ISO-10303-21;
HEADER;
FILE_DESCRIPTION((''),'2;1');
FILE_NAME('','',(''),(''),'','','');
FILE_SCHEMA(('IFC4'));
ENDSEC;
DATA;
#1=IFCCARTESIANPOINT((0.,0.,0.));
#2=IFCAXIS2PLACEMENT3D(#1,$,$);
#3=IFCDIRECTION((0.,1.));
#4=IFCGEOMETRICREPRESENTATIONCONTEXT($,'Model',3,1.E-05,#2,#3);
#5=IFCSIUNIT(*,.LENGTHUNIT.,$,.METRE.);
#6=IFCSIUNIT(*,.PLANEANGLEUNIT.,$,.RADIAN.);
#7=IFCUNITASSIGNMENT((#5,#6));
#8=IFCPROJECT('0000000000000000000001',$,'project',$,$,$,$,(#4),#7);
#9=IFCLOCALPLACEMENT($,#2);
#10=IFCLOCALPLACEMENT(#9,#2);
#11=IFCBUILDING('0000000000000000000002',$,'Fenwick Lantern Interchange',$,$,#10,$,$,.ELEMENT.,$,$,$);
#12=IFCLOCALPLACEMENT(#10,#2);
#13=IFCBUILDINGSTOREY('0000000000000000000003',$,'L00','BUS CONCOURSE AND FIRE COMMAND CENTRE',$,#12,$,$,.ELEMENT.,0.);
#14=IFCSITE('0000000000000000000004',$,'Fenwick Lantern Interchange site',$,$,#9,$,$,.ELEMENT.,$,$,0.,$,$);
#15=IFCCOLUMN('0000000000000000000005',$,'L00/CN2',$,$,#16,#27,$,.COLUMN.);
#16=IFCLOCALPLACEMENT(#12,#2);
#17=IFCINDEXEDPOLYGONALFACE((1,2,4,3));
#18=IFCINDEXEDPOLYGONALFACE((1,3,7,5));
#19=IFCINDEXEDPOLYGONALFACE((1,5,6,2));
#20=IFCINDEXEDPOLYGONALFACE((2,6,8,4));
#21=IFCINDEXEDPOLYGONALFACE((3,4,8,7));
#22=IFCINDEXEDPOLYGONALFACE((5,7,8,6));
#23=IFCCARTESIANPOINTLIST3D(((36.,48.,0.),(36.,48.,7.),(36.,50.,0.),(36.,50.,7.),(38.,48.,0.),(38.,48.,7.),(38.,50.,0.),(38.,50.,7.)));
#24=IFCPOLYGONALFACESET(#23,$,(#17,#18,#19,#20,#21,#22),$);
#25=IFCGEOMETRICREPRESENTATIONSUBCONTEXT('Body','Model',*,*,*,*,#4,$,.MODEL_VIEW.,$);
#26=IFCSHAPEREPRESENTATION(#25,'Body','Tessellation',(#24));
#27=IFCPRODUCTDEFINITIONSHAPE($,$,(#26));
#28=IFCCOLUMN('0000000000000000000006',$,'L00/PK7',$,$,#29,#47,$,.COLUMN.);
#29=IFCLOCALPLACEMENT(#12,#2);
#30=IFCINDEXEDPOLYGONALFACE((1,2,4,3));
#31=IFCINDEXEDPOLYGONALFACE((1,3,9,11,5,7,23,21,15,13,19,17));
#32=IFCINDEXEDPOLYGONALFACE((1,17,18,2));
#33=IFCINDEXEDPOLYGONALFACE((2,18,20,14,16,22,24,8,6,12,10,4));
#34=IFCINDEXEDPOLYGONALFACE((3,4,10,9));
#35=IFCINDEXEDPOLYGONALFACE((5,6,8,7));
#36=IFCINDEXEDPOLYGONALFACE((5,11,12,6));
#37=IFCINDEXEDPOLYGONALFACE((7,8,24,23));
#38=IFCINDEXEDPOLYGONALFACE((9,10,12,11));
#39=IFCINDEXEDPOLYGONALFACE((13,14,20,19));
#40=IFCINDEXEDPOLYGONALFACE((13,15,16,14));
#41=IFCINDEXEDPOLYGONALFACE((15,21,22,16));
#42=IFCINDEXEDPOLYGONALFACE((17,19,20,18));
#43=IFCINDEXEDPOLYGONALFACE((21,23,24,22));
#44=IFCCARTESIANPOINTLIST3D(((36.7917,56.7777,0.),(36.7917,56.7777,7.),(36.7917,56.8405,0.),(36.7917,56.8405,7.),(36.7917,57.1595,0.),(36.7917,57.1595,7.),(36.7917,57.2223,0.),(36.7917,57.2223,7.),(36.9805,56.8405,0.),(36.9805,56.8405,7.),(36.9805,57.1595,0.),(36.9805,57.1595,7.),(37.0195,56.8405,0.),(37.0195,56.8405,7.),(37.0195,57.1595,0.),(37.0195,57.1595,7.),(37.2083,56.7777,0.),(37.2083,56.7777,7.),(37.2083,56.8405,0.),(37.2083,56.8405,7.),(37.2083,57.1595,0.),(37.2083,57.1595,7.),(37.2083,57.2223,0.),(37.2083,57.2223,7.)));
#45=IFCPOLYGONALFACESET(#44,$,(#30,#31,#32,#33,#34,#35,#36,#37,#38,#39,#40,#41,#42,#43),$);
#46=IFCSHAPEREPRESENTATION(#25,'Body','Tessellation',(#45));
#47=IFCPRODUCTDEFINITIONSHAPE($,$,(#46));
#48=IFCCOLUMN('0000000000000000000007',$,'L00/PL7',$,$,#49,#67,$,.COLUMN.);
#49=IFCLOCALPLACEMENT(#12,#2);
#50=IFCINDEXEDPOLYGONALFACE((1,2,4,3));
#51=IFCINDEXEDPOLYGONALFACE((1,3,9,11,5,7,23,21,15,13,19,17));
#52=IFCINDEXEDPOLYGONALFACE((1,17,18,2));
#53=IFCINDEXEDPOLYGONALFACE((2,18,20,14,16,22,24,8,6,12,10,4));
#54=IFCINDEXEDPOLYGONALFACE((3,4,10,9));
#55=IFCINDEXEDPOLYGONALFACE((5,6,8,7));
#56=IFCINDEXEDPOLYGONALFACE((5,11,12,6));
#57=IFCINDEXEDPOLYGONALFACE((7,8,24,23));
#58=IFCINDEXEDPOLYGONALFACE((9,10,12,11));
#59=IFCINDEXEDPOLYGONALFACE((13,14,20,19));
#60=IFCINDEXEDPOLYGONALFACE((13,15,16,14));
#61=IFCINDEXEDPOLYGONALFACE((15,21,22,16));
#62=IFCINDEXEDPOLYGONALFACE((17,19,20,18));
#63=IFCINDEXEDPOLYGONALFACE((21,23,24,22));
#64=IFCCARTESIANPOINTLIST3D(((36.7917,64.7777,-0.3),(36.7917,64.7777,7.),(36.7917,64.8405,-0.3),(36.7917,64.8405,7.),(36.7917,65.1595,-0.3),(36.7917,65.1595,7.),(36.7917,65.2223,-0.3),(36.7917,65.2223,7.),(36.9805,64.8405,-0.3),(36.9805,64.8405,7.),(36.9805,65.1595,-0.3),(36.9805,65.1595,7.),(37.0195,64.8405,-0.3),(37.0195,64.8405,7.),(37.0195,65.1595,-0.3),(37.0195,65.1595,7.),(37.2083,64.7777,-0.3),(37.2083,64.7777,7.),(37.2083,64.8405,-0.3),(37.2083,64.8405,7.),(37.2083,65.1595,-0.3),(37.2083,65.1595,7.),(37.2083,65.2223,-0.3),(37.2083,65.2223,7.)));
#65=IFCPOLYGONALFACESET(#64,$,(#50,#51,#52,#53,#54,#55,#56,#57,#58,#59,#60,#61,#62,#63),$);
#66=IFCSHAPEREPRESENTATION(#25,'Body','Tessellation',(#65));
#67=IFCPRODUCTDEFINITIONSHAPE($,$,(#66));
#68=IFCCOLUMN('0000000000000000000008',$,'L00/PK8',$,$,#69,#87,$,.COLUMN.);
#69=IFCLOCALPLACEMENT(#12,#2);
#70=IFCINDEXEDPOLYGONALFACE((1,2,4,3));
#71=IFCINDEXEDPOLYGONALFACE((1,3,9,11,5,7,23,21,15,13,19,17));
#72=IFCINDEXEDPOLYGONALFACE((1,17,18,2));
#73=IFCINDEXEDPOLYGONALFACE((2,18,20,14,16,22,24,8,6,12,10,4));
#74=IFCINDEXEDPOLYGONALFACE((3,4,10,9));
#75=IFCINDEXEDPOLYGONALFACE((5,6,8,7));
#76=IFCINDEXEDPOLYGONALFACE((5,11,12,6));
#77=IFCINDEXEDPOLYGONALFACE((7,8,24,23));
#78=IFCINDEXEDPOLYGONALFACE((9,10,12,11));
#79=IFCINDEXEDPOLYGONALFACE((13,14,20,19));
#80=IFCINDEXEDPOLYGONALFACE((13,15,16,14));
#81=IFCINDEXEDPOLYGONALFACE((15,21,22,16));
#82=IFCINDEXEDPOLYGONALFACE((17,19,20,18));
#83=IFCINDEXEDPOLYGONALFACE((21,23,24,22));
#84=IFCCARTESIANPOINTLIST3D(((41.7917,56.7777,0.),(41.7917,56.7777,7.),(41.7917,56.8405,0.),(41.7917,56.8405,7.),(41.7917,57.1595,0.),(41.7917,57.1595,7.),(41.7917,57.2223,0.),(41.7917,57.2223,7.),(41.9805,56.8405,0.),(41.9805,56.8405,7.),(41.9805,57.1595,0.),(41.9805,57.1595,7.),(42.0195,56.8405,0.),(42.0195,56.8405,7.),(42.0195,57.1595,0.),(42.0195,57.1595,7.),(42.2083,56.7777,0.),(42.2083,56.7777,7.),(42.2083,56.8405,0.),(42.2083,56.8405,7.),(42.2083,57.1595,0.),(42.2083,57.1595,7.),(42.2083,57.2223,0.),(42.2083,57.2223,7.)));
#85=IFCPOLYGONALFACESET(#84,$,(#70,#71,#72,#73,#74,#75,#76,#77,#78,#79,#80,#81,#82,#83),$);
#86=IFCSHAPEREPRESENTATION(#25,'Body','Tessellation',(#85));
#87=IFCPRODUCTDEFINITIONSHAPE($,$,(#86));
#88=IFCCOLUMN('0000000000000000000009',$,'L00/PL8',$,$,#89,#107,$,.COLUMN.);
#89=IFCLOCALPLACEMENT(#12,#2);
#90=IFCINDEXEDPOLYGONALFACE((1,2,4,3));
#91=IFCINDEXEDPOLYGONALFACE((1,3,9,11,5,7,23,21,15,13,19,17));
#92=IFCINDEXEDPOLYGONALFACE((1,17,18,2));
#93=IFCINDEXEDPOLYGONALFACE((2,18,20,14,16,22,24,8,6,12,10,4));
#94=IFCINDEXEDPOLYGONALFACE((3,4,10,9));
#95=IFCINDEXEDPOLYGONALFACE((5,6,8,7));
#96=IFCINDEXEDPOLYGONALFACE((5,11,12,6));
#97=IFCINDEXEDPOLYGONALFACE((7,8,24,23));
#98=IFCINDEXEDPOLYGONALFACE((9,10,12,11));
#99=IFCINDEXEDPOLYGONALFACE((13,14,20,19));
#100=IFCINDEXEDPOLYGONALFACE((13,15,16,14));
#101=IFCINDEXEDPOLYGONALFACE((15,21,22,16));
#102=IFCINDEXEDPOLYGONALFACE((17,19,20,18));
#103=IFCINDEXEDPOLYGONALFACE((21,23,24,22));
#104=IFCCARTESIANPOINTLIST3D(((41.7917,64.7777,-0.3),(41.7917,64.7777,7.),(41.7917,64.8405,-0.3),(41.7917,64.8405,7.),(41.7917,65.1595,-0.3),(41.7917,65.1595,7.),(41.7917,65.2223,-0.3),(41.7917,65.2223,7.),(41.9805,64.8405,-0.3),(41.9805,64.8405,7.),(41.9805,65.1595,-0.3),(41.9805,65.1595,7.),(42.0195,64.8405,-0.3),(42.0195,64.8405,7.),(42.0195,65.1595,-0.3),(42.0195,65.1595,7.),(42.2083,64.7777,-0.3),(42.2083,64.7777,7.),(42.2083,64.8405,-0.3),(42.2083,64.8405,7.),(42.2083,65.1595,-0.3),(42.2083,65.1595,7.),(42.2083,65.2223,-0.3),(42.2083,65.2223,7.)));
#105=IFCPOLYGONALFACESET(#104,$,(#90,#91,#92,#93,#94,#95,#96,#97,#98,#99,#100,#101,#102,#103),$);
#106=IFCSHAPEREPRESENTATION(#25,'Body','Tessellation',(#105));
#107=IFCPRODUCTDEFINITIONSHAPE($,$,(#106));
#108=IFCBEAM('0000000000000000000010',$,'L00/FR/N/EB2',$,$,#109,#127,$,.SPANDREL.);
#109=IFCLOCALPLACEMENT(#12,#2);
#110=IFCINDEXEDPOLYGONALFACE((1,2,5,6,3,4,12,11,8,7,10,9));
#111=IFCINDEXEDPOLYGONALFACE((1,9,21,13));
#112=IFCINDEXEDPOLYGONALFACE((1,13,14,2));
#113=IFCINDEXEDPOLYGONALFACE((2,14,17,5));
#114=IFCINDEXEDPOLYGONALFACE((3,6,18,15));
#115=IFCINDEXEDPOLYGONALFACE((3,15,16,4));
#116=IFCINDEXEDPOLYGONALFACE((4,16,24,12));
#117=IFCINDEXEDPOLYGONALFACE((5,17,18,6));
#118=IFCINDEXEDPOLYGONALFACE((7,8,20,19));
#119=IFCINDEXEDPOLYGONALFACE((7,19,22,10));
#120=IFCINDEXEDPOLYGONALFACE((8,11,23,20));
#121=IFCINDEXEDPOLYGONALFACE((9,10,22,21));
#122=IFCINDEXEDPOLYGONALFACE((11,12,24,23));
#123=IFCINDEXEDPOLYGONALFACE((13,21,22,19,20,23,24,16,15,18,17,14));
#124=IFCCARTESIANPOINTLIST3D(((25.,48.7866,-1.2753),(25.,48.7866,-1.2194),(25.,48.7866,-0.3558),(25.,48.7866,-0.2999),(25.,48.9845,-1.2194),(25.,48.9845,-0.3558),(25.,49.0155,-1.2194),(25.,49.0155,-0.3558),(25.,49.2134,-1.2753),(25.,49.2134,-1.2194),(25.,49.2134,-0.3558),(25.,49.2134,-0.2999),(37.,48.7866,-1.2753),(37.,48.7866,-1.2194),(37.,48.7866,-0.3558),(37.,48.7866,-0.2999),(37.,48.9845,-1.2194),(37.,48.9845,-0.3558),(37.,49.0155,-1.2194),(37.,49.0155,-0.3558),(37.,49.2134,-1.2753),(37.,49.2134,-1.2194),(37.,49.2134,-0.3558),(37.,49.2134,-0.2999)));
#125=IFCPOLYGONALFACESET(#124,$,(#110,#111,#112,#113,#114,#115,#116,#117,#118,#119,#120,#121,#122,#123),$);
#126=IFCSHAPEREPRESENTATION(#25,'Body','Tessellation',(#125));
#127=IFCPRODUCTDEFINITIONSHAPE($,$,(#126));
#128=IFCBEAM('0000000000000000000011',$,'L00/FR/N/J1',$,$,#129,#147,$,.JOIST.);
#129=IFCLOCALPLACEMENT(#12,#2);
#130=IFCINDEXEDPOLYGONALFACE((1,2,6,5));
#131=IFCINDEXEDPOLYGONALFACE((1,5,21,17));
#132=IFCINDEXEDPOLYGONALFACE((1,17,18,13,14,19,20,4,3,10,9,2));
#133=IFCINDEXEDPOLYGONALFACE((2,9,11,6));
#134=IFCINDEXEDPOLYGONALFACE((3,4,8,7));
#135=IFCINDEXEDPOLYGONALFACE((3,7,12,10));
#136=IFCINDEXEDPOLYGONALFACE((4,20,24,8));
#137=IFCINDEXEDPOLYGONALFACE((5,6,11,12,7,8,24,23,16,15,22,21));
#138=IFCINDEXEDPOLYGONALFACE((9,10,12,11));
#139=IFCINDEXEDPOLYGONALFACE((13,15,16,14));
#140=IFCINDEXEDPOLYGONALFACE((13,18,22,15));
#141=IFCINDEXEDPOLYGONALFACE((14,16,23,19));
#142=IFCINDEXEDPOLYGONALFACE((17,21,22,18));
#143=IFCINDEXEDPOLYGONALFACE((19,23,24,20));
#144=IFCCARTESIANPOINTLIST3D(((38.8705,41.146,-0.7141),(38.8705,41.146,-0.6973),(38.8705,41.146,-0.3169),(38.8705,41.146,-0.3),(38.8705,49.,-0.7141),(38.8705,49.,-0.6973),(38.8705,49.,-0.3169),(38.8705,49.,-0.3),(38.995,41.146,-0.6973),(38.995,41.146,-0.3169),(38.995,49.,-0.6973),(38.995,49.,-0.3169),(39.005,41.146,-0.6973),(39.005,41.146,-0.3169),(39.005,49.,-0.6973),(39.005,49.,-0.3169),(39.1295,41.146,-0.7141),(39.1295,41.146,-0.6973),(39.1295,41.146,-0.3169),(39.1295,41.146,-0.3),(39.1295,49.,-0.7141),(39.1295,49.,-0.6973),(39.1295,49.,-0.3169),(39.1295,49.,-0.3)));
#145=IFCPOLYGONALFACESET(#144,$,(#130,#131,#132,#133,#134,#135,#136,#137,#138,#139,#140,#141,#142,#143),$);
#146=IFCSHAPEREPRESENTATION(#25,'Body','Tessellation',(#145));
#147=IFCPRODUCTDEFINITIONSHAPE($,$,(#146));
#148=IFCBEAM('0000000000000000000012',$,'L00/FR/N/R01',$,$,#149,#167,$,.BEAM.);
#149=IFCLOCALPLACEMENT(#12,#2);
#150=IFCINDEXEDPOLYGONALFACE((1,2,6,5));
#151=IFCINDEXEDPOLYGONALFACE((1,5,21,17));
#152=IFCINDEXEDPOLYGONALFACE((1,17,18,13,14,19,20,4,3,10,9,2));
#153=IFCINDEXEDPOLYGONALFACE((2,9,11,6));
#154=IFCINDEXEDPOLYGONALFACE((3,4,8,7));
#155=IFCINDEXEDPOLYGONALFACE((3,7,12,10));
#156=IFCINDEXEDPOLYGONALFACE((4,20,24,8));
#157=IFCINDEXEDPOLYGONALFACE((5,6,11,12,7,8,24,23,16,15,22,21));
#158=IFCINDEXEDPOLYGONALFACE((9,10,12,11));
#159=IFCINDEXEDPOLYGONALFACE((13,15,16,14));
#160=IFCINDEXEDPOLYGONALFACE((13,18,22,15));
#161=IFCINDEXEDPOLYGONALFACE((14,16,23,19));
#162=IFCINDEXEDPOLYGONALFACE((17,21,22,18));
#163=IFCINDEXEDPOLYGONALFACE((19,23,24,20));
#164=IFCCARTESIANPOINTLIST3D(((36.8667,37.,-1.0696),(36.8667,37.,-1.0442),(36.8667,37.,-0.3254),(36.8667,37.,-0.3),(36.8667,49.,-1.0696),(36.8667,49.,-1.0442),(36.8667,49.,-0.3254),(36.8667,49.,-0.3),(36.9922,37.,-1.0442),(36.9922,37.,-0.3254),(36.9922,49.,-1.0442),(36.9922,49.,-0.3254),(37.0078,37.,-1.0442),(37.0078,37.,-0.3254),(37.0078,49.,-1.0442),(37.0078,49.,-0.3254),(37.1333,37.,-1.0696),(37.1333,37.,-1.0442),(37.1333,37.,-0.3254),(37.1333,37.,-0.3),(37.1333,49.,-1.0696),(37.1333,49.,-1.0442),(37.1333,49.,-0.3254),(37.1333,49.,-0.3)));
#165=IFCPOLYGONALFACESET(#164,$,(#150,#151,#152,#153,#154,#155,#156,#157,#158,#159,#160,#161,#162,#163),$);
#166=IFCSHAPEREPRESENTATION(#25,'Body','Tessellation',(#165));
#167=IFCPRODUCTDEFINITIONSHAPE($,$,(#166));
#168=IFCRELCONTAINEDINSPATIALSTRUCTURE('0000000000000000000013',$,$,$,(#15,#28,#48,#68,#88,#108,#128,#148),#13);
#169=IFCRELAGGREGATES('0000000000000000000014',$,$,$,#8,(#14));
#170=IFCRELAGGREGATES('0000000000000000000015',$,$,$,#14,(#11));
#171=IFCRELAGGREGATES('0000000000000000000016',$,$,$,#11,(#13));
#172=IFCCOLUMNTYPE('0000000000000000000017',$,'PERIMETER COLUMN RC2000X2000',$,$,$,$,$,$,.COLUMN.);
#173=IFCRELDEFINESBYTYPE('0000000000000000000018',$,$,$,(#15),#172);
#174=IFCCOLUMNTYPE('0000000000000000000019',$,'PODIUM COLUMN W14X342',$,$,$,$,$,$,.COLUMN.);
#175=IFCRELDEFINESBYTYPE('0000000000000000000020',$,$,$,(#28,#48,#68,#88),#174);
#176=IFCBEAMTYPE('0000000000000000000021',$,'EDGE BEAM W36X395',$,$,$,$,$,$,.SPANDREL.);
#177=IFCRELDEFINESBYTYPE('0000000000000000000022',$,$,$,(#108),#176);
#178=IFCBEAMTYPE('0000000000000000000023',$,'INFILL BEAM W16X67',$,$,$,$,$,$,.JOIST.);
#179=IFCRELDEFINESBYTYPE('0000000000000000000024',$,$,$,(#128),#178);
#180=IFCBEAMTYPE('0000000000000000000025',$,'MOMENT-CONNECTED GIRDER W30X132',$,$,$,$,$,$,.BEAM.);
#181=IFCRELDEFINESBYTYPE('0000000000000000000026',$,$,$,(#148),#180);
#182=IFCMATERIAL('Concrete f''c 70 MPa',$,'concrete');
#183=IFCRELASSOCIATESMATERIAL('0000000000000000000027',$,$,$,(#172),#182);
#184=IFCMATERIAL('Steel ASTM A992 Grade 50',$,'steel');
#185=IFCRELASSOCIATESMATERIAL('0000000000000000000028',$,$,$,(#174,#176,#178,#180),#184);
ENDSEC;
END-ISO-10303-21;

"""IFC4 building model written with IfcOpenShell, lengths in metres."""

from ifc_helpers import new_model, si_unit, direction, frame, origin, origin_2d, place, context, subcontext, project, spatial, rectangle, i_section, extrude, material, material_profile, profile_set, type_object, element, save


model = new_model("IFC4")

# Units and contexts
model_context = context("Model", 3, precision=1e-05, world=origin(), true_north=direction((0.0, 1.0)))
body_context = subcontext(model_context, "Body", "Model", "MODEL_VIEW")
ifc_project = project(units=[si_unit("LENGTHUNIT", "METRE"), si_unit("PLANEANGLEUNIT", "RADIAN")], contexts=[model_context])

# Site, building, storey
site_placement = place(None, origin())
site = spatial("IfcSite", under=ifc_project, at=site_placement, Name="Fenwick Lantern Interchange site", CompositionType="ELEMENT", RefElevation=0.0)
building_placement = place(site_placement, origin())
building = spatial("IfcBuilding", under=site, at=building_placement, Name="Fenwick Lantern Interchange", CompositionType="ELEMENT")
storey_placement = place(building_placement, origin())
storey = spatial("IfcBuildingStorey", under=building, at=storey_placement, Name="L00", Description="BUS CONCOURSE AND FIRE COMMAND CENTRE", CompositionType="ELEMENT", Elevation=0.0)

# Columns
ifc_material_1 = material(Name="Concrete f'c 70 MPa", Category="concrete")
ifc_material_profile_1 = material_profile(ifc_material_1, rectangle(XDim=2.0, YDim=2.0, at=origin_2d()), Name="RC2000X2000")
ifc_profile_set_1 = profile_set([ifc_material_profile_1], Name="Concrete f'c 70 MPa")
column_type_1 = type_object("IfcColumnType", Name="PERIMETER COLUMN RC2000X2000", PredefinedType="COLUMN", material=ifc_profile_set_1)
column_1_placement = place(storey_placement, frame((37.0, 49.0, 0.0), z_axis=(0.0, 0.0, 1.0), x_axis=(1.0, 0.0, 0.0)))
element("IfcColumn", 1, at=column_1_placement, inside=storey, type_object=column_type_1, Name="L00/CN2", PredefinedType="COLUMN", context=body_context, shape_type="SweptSolid", body=[
    extrude(rectangle(XDim=2.0, YDim=2.0, at=origin_2d()), origin(), (0.0, 0.0, 1.0), 7.0),
])
ifc_material_2 = material(Name="Steel ASTM A992 Grade 50", Category="steel")
ifc_material_profile_2 = material_profile(ifc_material_2, i_section(OverallWidth=0.4165, OverallDepth=0.4446, WebThickness=0.0391, FlangeThickness=0.0627, at=origin_2d()), Name="W14X342")
ifc_profile_set_2 = profile_set([ifc_material_profile_2], Name="Steel ASTM A992 Grade 50")
column_type_2 = type_object("IfcColumnType", Name="PODIUM COLUMN W14X342", PredefinedType="COLUMN", material=ifc_profile_set_2)
column_2_placement = place(storey_placement, frame((37.0, 57.0, 0.0), z_axis=(0.0, 0.0, 1.0), x_axis=(1.0, 0.0, 0.0)))
element("IfcColumn", 2, at=column_2_placement, inside=storey, type_object=column_type_2, Name="L00/PK7", PredefinedType="COLUMN", context=body_context, shape_type="SweptSolid", body=[
    extrude(i_section(OverallWidth=0.4165, OverallDepth=0.4446, WebThickness=0.0391, FlangeThickness=0.0627, at=origin_2d()), origin(), (0.0, 0.0, 1.0), 7.0),
])
column_3_placement = place(storey_placement, frame((37.0, 65.0, -0.3), z_axis=(0.0, 0.0, 1.0), x_axis=(1.0, 0.0, 0.0)))
element("IfcColumn", 3, at=column_3_placement, inside=storey, type_object=column_type_2, Name="L00/PL7", PredefinedType="COLUMN", context=body_context, shape_type="SweptSolid", body=[
    extrude(i_section(OverallWidth=0.4165, OverallDepth=0.4446, WebThickness=0.0391, FlangeThickness=0.0627, at=origin_2d()), origin(), (0.0, 0.0, 1.0), 7.3),
])
column_4_placement = place(storey_placement, frame((42.0, 57.0, 0.0), z_axis=(0.0, 0.0, 1.0), x_axis=(1.0, 0.0, 0.0)))
element("IfcColumn", 4, at=column_4_placement, inside=storey, type_object=column_type_2, Name="L00/PK8", PredefinedType="COLUMN", context=body_context, shape_type="SweptSolid", body=[
    extrude(i_section(OverallWidth=0.4165, OverallDepth=0.4446, WebThickness=0.0391, FlangeThickness=0.0627, at=origin_2d()), origin(), (0.0, 0.0, 1.0), 7.0),
])
column_5_placement = place(storey_placement, frame((42.0, 65.0, -0.3), z_axis=(0.0, 0.0, 1.0), x_axis=(1.0, 0.0, 0.0)))
element("IfcColumn", 5, at=column_5_placement, inside=storey, type_object=column_type_2, Name="L00/PL8", PredefinedType="COLUMN", context=body_context, shape_type="SweptSolid", body=[
    extrude(i_section(OverallWidth=0.4165, OverallDepth=0.4446, WebThickness=0.0391, FlangeThickness=0.0627, at=origin_2d()), origin(), (0.0, 0.0, 1.0), 7.3),
])

# Beams
ifc_material_profile_3 = material_profile(ifc_material_2, i_section(OverallWidth=0.4268, OverallDepth=0.9753, WebThickness=0.031, FlangeThickness=0.0559, at=origin_2d()), Name="W36X395")
ifc_profile_set_3 = profile_set([ifc_material_profile_3], Name="Steel ASTM A992 Grade 50")
beam_type_1 = type_object("IfcBeamType", Name="EDGE BEAM W36X395", PredefinedType="SPANDREL", material=ifc_profile_set_3)
beam_1_placement = place(storey_placement, frame((37.0, 49.0, -0.7876), z_axis=(-1.0, 0.0, 0.0), x_axis=(0.0, -1.0, 0.0)))
element("IfcBeam", 6, at=beam_1_placement, inside=storey, type_object=beam_type_1, Name="L00/FR/N/EB2", PredefinedType="SPANDREL", context=body_context, shape_type="SweptSolid", body=[
    extrude(i_section(OverallWidth=0.4268, OverallDepth=0.9753, WebThickness=0.031, FlangeThickness=0.0559, at=origin_2d()), origin(), (0.0, 0.0, 1.0), 12.0),
])
ifc_material_profile_4 = material_profile(ifc_material_2, i_section(OverallWidth=0.259, OverallDepth=0.4141, WebThickness=0.01, FlangeThickness=0.0168, at=origin_2d()), Name="W16X67")
ifc_profile_set_4 = profile_set([ifc_material_profile_4], Name="Steel ASTM A992 Grade 50")
beam_type_2 = type_object("IfcBeamType", Name="INFILL BEAM W16X67", PredefinedType="JOIST", material=ifc_profile_set_4)
beam_2_placement = place(storey_placement, frame((39.0, 49.0, -0.5071), z_axis=(0.0, -1.0, 0.0), x_axis=(1.0, 0.0, 0.0)))
element("IfcBeam", 7, at=beam_2_placement, inside=storey, type_object=beam_type_2, Name="L00/FR/N/J1", PredefinedType="JOIST", context=body_context, shape_type="SweptSolid", body=[
    extrude(i_section(OverallWidth=0.259, OverallDepth=0.4141, WebThickness=0.01, FlangeThickness=0.0168, at=origin_2d()), origin(), (0.0, 0.0, 1.0), 7.854),
])
ifc_material_profile_5 = material_profile(ifc_material_2, i_section(OverallWidth=0.2666, OverallDepth=0.7695, WebThickness=0.0156, FlangeThickness=0.0254, at=origin_2d()), Name="W30X132")
ifc_profile_set_5 = profile_set([ifc_material_profile_5], Name="Steel ASTM A992 Grade 50")
beam_type_3 = type_object("IfcBeamType", Name="MOMENT-CONNECTED GIRDER W30X132", PredefinedType="BEAM", material=ifc_profile_set_5)
beam_3_placement = place(storey_placement, frame((37.0, 49.0, -0.6848), z_axis=(0.0, -1.0, 0.0), x_axis=(1.0, 0.0, 0.0)))
element("IfcBeam", 8, at=beam_3_placement, inside=storey, type_object=beam_type_3, Name="L00/FR/N/R01", PredefinedType="BEAM", context=body_context, shape_type="SweptSolid", body=[
    extrude(i_section(OverallWidth=0.2666, OverallDepth=0.7695, WebThickness=0.0156, FlangeThickness=0.0254, at=origin_2d()), origin(), (0.0, 0.0, 1.0), 12.0),
])

save(model, "model.ifc")
